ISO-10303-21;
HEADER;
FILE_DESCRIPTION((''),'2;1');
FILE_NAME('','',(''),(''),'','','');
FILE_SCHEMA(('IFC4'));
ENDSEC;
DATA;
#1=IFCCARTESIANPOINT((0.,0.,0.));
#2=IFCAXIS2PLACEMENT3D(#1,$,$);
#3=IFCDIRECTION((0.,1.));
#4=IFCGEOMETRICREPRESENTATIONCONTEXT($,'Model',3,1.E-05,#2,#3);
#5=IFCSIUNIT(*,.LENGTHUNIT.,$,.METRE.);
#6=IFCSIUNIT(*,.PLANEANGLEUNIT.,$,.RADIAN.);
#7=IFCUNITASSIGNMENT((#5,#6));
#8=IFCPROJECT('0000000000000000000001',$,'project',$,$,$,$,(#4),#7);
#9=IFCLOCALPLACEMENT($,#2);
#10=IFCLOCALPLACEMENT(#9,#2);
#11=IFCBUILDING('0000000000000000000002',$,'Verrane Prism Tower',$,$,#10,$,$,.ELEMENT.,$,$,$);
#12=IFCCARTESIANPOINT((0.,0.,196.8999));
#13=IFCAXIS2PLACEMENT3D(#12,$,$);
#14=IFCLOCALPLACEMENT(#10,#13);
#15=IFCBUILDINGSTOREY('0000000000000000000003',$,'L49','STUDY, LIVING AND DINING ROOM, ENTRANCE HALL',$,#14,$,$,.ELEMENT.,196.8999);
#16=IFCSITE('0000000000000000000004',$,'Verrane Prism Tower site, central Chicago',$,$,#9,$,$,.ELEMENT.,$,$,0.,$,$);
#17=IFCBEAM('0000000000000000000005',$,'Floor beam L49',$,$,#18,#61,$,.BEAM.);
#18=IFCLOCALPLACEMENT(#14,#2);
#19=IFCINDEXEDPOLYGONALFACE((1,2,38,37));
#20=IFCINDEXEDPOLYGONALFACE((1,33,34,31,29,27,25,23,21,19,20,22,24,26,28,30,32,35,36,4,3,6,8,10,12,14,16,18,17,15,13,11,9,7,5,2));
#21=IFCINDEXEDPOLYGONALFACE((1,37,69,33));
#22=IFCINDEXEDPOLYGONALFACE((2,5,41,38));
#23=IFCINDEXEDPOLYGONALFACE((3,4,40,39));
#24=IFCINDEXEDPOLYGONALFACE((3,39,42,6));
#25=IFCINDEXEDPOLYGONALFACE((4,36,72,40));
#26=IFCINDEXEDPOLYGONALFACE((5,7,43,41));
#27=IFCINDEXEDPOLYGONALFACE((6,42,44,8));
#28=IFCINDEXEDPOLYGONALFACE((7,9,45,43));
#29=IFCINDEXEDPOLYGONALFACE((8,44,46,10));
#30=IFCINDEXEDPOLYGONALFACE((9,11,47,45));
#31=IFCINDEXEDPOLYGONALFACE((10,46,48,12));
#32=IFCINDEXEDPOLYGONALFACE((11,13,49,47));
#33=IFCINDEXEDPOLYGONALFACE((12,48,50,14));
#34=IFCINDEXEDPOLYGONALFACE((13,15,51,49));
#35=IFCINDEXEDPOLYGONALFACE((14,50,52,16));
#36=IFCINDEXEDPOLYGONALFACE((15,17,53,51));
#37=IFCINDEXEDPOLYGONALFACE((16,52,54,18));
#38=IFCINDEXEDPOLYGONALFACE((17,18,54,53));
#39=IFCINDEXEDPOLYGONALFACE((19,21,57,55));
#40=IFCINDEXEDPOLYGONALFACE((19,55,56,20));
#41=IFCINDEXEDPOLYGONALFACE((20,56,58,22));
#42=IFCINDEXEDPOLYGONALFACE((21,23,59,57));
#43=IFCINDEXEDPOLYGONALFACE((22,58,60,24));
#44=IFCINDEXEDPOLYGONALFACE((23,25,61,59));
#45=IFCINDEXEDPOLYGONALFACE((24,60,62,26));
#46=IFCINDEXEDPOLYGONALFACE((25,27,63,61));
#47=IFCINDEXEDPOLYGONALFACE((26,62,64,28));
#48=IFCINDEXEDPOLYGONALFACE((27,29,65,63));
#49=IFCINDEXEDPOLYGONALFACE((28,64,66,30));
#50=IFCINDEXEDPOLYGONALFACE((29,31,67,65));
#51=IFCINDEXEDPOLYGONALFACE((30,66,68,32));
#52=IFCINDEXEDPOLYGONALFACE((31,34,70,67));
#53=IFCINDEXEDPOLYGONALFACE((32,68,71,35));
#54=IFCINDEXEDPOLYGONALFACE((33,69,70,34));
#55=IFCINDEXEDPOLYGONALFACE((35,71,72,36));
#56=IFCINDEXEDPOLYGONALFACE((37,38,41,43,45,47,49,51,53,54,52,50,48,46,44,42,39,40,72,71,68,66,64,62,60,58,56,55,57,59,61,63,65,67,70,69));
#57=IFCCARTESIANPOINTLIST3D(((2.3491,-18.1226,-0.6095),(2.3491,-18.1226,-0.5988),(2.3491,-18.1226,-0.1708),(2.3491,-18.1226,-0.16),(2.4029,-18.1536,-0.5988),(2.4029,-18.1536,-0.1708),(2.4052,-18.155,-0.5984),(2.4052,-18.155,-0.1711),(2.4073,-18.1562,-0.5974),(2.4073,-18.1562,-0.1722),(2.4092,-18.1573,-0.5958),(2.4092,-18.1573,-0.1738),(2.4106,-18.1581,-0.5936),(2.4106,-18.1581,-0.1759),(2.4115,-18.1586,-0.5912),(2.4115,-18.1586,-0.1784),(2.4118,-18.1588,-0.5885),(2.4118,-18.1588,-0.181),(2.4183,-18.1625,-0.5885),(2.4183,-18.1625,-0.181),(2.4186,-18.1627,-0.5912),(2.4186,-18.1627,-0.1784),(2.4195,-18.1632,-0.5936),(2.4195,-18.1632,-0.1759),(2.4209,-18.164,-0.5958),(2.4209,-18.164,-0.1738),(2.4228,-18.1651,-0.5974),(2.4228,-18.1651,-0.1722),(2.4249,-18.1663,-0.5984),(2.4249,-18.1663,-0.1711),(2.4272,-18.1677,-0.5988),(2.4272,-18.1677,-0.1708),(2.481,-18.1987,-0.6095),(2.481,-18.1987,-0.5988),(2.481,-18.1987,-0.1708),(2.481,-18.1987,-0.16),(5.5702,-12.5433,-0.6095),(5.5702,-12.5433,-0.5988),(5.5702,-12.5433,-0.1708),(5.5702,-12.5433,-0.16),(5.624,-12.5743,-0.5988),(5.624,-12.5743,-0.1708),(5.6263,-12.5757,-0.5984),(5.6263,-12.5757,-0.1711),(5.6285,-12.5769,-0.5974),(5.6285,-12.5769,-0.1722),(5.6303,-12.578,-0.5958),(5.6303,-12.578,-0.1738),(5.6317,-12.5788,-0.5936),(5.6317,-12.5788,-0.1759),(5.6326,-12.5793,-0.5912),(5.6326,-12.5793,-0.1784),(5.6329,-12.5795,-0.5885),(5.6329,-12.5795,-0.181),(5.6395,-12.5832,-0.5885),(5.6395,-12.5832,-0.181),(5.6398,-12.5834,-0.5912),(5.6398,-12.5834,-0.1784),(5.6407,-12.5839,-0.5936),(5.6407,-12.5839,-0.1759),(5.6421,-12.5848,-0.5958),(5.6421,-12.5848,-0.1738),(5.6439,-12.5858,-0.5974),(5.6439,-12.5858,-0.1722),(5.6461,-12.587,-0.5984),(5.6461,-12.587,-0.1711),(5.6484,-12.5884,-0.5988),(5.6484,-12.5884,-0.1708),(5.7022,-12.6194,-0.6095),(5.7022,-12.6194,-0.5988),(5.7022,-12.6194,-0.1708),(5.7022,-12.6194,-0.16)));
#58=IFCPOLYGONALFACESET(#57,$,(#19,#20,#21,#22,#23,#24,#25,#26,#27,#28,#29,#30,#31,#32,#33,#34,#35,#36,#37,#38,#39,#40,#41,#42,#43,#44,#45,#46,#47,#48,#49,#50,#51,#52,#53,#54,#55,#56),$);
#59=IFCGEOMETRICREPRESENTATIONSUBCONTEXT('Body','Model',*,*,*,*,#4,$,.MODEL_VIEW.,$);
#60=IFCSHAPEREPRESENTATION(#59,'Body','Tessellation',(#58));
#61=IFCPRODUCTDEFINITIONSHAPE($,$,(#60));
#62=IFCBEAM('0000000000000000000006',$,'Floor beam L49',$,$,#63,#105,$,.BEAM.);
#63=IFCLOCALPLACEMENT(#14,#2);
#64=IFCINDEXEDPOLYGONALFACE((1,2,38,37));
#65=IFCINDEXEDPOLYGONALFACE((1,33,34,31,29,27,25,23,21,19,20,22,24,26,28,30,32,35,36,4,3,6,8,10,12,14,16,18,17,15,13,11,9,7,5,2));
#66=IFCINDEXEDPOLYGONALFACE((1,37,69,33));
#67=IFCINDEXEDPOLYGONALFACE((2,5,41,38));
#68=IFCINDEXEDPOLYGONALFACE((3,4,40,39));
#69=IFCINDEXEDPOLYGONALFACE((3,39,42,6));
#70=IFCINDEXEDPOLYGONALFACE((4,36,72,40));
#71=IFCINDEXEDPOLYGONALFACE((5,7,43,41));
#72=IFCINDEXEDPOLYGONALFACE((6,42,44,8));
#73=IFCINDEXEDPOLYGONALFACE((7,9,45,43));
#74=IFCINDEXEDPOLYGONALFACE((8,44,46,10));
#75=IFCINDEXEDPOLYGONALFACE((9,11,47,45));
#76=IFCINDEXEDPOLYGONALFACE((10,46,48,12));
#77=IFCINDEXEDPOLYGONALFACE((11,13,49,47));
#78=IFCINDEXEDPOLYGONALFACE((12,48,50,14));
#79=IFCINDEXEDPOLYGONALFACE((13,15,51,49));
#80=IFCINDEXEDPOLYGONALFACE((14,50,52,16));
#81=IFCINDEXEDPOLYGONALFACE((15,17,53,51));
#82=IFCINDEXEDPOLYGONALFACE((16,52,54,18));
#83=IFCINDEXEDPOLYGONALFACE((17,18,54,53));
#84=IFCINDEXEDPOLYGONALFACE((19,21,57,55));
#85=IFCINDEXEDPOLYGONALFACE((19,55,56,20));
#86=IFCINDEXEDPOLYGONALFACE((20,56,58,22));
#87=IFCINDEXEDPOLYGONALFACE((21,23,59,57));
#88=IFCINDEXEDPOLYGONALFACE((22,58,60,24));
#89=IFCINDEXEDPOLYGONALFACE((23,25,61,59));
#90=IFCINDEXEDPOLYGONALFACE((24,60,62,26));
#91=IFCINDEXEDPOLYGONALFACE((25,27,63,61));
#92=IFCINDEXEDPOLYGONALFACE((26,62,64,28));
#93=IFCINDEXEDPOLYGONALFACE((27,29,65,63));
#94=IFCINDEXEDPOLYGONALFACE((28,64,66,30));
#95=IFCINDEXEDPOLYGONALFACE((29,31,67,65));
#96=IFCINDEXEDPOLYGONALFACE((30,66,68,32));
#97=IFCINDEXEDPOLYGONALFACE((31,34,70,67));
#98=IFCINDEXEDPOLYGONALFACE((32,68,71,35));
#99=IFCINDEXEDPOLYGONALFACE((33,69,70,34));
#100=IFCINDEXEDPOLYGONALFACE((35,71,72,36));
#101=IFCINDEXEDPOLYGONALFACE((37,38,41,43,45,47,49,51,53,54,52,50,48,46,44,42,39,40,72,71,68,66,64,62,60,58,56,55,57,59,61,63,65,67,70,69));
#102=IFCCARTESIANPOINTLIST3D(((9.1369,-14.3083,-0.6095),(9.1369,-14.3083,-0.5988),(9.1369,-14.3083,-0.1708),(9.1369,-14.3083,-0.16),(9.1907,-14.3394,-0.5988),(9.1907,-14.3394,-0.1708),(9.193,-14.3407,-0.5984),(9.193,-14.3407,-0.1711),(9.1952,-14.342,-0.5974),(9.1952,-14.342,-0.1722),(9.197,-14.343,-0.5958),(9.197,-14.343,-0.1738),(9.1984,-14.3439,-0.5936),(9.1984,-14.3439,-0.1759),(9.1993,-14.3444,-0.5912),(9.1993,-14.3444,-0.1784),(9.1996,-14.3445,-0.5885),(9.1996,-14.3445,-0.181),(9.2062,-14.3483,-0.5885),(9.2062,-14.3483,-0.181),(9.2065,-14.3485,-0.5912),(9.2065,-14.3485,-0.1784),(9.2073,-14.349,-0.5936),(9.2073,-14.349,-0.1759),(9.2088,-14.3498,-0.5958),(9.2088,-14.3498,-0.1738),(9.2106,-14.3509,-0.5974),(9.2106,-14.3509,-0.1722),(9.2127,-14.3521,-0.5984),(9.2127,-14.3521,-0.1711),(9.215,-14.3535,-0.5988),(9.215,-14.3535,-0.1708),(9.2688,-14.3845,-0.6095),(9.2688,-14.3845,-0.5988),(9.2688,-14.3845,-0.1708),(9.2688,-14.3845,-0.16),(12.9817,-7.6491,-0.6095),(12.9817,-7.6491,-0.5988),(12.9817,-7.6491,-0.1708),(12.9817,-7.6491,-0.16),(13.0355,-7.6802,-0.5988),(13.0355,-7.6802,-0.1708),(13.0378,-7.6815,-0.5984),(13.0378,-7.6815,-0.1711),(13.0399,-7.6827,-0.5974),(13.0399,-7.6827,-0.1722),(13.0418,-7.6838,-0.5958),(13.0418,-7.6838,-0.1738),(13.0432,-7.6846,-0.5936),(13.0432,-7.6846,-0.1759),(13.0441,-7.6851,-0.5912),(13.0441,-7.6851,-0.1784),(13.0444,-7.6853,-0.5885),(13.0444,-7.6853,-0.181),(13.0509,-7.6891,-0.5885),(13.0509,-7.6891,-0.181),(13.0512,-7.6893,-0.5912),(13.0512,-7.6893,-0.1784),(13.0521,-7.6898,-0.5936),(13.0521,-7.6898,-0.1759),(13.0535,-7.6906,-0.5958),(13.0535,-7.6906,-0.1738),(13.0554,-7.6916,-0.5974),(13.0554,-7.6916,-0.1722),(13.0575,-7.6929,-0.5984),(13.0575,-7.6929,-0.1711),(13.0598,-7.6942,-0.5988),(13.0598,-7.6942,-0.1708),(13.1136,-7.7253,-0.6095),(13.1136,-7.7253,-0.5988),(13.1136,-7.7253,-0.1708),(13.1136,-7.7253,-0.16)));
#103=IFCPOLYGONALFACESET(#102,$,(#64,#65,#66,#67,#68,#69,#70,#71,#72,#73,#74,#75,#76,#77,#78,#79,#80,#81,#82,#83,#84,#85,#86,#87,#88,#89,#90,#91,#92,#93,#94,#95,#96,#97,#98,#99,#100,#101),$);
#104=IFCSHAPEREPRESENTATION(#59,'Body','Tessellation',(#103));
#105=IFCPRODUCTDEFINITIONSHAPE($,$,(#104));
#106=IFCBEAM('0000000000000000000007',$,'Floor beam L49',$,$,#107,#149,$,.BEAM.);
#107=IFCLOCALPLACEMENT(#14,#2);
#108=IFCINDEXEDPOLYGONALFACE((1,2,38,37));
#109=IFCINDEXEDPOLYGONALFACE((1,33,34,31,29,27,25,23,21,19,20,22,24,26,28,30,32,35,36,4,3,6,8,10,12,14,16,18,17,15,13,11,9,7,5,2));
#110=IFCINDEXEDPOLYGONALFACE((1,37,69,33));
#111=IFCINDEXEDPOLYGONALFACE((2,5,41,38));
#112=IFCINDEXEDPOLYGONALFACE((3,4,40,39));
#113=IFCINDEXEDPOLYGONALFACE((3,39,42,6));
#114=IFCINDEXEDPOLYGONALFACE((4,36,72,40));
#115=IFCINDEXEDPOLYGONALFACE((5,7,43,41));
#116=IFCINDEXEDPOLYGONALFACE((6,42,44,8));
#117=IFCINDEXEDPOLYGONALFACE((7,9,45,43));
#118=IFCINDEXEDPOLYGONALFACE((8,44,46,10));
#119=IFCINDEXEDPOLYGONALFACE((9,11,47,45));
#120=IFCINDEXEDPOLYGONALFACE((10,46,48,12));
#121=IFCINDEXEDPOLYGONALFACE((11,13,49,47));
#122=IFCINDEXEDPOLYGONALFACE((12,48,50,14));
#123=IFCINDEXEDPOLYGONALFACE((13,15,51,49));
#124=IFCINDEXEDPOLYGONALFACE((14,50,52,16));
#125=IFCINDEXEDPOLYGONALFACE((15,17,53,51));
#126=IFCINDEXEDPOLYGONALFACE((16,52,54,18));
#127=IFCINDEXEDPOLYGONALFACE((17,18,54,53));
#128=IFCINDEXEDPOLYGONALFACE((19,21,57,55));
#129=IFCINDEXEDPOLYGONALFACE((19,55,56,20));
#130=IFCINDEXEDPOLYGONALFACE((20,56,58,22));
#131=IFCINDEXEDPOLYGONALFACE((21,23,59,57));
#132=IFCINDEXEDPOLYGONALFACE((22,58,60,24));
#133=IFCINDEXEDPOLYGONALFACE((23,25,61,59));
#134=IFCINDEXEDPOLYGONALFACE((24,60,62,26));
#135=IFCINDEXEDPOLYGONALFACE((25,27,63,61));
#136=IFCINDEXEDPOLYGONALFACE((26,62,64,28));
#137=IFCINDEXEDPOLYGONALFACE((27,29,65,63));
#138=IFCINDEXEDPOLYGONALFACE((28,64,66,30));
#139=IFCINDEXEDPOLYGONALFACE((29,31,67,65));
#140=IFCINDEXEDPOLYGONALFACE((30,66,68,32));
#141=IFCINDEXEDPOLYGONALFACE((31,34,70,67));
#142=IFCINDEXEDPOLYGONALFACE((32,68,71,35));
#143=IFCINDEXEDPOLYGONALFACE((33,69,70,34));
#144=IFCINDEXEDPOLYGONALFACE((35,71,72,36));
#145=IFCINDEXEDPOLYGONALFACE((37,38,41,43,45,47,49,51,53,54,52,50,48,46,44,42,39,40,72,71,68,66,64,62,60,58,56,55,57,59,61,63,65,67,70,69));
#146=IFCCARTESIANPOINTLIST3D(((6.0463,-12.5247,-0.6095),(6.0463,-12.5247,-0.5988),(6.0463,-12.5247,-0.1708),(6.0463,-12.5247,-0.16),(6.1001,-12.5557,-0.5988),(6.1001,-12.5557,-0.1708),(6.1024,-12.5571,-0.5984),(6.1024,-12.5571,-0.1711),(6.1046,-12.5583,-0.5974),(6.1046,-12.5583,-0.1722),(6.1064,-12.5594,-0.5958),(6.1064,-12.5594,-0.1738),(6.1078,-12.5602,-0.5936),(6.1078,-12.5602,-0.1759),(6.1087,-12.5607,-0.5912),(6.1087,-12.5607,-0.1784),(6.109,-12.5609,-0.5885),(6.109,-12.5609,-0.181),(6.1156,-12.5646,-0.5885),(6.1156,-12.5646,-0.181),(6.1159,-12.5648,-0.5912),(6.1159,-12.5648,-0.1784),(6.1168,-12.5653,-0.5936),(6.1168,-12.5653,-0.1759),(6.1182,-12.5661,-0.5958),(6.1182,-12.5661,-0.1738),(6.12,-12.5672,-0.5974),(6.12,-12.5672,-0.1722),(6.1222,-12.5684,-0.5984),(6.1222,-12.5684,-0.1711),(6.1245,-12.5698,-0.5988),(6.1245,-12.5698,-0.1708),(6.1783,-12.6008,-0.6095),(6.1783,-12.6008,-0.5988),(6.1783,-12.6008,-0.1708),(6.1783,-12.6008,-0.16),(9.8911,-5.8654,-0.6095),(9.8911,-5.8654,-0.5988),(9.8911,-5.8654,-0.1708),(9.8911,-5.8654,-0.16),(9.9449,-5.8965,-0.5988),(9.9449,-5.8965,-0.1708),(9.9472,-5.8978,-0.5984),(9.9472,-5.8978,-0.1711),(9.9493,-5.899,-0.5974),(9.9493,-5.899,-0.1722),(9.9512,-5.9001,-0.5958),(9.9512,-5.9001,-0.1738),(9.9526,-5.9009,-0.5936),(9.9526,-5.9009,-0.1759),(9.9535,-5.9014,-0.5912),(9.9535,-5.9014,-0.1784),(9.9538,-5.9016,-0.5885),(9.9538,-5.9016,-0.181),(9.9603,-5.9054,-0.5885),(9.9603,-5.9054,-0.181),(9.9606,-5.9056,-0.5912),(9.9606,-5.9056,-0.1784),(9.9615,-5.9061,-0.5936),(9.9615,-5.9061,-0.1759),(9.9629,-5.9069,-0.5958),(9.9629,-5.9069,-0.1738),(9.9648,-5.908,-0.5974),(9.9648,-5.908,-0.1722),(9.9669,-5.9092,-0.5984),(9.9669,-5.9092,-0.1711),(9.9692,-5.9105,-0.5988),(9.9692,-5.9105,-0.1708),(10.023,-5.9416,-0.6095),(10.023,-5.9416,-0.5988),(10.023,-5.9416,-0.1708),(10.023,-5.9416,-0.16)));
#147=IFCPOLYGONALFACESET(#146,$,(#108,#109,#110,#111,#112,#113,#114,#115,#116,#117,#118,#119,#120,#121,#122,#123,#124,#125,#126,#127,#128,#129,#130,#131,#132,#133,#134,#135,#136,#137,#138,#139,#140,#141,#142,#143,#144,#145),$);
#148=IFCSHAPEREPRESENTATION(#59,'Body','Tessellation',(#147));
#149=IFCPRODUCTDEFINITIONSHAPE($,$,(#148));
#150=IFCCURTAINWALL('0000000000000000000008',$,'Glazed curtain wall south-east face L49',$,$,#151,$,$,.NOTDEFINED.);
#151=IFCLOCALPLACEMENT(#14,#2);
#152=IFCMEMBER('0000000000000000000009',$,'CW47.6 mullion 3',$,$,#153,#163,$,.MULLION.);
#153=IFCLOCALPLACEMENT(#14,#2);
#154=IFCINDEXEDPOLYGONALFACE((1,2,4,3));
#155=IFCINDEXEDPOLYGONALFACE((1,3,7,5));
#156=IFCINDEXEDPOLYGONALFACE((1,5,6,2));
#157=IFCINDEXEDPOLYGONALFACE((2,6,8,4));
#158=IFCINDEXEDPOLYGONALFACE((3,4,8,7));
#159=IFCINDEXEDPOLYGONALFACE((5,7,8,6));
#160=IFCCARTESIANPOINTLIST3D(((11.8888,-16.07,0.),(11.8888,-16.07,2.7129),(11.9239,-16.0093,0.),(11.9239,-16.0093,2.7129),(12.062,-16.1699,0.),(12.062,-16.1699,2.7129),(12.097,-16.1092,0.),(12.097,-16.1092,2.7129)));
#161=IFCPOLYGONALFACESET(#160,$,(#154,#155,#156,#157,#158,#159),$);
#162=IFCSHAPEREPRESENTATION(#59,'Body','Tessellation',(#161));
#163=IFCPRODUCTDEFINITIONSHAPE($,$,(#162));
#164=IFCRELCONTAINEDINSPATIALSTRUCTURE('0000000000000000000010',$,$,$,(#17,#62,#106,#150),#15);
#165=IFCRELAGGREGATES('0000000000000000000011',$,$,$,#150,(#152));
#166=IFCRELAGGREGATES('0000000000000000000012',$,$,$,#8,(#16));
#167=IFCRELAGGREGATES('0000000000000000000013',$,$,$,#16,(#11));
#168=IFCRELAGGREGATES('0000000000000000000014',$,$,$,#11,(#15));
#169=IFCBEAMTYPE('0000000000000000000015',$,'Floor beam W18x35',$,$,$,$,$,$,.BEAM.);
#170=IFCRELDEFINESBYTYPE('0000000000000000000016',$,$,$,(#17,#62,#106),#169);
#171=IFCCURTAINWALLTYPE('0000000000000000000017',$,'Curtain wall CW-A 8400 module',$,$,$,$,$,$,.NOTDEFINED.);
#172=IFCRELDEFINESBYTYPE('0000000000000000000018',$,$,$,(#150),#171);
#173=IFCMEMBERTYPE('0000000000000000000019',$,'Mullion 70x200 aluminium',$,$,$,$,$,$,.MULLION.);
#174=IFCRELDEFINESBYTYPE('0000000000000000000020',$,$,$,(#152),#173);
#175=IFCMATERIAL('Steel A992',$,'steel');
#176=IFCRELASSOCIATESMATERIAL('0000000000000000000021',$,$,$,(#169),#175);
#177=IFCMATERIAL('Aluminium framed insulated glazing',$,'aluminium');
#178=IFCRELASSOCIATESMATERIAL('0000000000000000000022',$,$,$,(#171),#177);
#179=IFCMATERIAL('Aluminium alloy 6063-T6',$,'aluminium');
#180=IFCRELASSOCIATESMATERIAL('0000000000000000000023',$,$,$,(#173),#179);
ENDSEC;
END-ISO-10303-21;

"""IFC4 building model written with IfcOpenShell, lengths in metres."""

from ifc_helpers import new_model, si_unit, direction, frame, origin, origin_2d, place, context, subcontext, project, spatial, rectangle, i_section, extrude, material, material_profile, profile_set, type_object, element, aggregate, save


model = new_model("IFC4")

# Units and contexts
model_context = context("Model", 3, precision=1e-05, world=origin(), true_north=direction((0.0, 1.0)))
body_context = subcontext(model_context, "Body", "Model", "MODEL_VIEW")
ifc_project = project(units=[si_unit("LENGTHUNIT", "METRE"), si_unit("PLANEANGLEUNIT", "RADIAN")], contexts=[model_context])

# Site, building, storey
site_placement = place(None, origin())
site = spatial("IfcSite", under=ifc_project, at=site_placement, Name="Verrane Prism Tower site, central Chicago", CompositionType="ELEMENT", RefElevation=0.0)
building_placement = place(site_placement, origin())
building = spatial("IfcBuilding", under=site, at=building_placement, Name="Verrane Prism Tower", CompositionType="ELEMENT")
storey_placement = place(building_placement, frame((0.0, 0.0, 196.8999)))
storey = spatial("IfcBuildingStorey", under=building, at=storey_placement, Name="L49", Description="STUDY, LIVING AND DINING ROOM, ENTRANCE HALL", CompositionType="ELEMENT", Elevation=196.8999)

# Beams
ifc_material_1 = material(Name="Steel A992", Category="steel")
ifc_material_profile_1 = material_profile(ifc_material_1, i_section(OverallWidth=0.1523, OverallDepth=0.4495, WebThickness=0.0076, FlangeThickness=0.0107, FilletRadius=0.0103, at=origin_2d()), Name="W18x35")
ifc_profile_set_1 = profile_set([ifc_material_profile_1], Name="Steel A992")
beam_type_1 = type_object("IfcBeamType", Name="Floor beam W18x35", PredefinedType="BEAM", material=ifc_profile_set_1)
beam_1_placement = place(storey_placement, frame((2.415, -18.1606, -0.3848), z_axis=(0.499995, 0.866028, 0.0), x_axis=(-0.866028, 0.499995, 0.0)))
element("IfcBeam", 1, at=beam_1_placement, inside=storey, type_object=beam_type_1, Name="Floor beam L49", PredefinedType="BEAM", context=body_context, shape_type="SweptSolid", body=[
    extrude(i_section(OverallWidth=0.1523, OverallDepth=0.4495, WebThickness=0.0076, FlangeThickness=0.0107, FilletRadius=0.0103, at=origin_2d()), origin(), (0.0, 0.0, 1.0), 6.4424),
])
for number, where, z_axis, x_axis, name in (
    (2, (9.2029, -14.3464, -0.3848), (0.500005, 0.866023, 0.0), (-0.866023, 0.500005, 0.0), "Floor beam L49"),
    (3, (6.1123, -12.5627, -0.3848), (0.500005, 0.866023, 0.0), (-0.866023, 0.500005, 0.0), "Floor beam L49"),
):
    element("IfcBeam", number, at=place(storey_placement, frame(where, z_axis=z_axis, x_axis=x_axis)), inside=storey, type_object=beam_type_1, Name=name, PredefinedType="BEAM", context=body_context, shape_type="SweptSolid", body=[
        extrude(i_section(OverallWidth=0.1523, OverallDepth=0.4495, WebThickness=0.0076, FlangeThickness=0.0107, FilletRadius=0.0103, at=origin_2d()), origin(), (0.0, 0.0, 1.0), 7.6895),
    ])

# Curtain wall, member
ifc_material_2 = material(Name="Aluminium framed insulated glazing", Category="aluminium")
curtain_wall_type = type_object("IfcCurtainWallType", Name="Curtain wall CW-A 8400 module", PredefinedType="NOTDEFINED", material=ifc_material_2)
curtain_wall_placement = place(storey_placement, origin())
curtain_wall = element("IfcCurtainWall", 4, at=curtain_wall_placement, inside=storey, type_object=curtain_wall_type, Name="Glazed curtain wall south-east face L49", PredefinedType="NOTDEFINED")
ifc_material_3 = material(Name="Aluminium alloy 6063-T6", Category="aluminium")
ifc_material_profile_2 = material_profile(ifc_material_3, rectangle(XDim=0.2, YDim=0.0701, at=origin_2d()), Name="Mullion 70x200 aluminium")
ifc_profile_set_2 = profile_set([ifc_material_profile_2], Name="Aluminium alloy 6063-T6")
member_type_1 = type_object("IfcMemberType", Name="Mullion 70x200 aluminium", PredefinedType="MULLION", material=ifc_profile_set_2)
member_1_placement = place(storey_placement, frame((11.9929, -16.0896, 0.0), z_axis=(0.0, 0.0, 1.0), x_axis=(-0.866026, 0.5, 0.0)))
member_1 = element("IfcMember", 5, at=member_1_placement, type_object=member_type_1, Name="CW47.6 mullion 3", PredefinedType="MULLION", context=body_context, shape_type="SweptSolid", body=[
    extrude(rectangle(XDim=0.2, YDim=0.0701, at=origin_2d()), origin(), (0.0, 0.0, 1.0), 2.7129),
])

aggregate(curtain_wall, [member_1])

save(model, "model.ifc")
